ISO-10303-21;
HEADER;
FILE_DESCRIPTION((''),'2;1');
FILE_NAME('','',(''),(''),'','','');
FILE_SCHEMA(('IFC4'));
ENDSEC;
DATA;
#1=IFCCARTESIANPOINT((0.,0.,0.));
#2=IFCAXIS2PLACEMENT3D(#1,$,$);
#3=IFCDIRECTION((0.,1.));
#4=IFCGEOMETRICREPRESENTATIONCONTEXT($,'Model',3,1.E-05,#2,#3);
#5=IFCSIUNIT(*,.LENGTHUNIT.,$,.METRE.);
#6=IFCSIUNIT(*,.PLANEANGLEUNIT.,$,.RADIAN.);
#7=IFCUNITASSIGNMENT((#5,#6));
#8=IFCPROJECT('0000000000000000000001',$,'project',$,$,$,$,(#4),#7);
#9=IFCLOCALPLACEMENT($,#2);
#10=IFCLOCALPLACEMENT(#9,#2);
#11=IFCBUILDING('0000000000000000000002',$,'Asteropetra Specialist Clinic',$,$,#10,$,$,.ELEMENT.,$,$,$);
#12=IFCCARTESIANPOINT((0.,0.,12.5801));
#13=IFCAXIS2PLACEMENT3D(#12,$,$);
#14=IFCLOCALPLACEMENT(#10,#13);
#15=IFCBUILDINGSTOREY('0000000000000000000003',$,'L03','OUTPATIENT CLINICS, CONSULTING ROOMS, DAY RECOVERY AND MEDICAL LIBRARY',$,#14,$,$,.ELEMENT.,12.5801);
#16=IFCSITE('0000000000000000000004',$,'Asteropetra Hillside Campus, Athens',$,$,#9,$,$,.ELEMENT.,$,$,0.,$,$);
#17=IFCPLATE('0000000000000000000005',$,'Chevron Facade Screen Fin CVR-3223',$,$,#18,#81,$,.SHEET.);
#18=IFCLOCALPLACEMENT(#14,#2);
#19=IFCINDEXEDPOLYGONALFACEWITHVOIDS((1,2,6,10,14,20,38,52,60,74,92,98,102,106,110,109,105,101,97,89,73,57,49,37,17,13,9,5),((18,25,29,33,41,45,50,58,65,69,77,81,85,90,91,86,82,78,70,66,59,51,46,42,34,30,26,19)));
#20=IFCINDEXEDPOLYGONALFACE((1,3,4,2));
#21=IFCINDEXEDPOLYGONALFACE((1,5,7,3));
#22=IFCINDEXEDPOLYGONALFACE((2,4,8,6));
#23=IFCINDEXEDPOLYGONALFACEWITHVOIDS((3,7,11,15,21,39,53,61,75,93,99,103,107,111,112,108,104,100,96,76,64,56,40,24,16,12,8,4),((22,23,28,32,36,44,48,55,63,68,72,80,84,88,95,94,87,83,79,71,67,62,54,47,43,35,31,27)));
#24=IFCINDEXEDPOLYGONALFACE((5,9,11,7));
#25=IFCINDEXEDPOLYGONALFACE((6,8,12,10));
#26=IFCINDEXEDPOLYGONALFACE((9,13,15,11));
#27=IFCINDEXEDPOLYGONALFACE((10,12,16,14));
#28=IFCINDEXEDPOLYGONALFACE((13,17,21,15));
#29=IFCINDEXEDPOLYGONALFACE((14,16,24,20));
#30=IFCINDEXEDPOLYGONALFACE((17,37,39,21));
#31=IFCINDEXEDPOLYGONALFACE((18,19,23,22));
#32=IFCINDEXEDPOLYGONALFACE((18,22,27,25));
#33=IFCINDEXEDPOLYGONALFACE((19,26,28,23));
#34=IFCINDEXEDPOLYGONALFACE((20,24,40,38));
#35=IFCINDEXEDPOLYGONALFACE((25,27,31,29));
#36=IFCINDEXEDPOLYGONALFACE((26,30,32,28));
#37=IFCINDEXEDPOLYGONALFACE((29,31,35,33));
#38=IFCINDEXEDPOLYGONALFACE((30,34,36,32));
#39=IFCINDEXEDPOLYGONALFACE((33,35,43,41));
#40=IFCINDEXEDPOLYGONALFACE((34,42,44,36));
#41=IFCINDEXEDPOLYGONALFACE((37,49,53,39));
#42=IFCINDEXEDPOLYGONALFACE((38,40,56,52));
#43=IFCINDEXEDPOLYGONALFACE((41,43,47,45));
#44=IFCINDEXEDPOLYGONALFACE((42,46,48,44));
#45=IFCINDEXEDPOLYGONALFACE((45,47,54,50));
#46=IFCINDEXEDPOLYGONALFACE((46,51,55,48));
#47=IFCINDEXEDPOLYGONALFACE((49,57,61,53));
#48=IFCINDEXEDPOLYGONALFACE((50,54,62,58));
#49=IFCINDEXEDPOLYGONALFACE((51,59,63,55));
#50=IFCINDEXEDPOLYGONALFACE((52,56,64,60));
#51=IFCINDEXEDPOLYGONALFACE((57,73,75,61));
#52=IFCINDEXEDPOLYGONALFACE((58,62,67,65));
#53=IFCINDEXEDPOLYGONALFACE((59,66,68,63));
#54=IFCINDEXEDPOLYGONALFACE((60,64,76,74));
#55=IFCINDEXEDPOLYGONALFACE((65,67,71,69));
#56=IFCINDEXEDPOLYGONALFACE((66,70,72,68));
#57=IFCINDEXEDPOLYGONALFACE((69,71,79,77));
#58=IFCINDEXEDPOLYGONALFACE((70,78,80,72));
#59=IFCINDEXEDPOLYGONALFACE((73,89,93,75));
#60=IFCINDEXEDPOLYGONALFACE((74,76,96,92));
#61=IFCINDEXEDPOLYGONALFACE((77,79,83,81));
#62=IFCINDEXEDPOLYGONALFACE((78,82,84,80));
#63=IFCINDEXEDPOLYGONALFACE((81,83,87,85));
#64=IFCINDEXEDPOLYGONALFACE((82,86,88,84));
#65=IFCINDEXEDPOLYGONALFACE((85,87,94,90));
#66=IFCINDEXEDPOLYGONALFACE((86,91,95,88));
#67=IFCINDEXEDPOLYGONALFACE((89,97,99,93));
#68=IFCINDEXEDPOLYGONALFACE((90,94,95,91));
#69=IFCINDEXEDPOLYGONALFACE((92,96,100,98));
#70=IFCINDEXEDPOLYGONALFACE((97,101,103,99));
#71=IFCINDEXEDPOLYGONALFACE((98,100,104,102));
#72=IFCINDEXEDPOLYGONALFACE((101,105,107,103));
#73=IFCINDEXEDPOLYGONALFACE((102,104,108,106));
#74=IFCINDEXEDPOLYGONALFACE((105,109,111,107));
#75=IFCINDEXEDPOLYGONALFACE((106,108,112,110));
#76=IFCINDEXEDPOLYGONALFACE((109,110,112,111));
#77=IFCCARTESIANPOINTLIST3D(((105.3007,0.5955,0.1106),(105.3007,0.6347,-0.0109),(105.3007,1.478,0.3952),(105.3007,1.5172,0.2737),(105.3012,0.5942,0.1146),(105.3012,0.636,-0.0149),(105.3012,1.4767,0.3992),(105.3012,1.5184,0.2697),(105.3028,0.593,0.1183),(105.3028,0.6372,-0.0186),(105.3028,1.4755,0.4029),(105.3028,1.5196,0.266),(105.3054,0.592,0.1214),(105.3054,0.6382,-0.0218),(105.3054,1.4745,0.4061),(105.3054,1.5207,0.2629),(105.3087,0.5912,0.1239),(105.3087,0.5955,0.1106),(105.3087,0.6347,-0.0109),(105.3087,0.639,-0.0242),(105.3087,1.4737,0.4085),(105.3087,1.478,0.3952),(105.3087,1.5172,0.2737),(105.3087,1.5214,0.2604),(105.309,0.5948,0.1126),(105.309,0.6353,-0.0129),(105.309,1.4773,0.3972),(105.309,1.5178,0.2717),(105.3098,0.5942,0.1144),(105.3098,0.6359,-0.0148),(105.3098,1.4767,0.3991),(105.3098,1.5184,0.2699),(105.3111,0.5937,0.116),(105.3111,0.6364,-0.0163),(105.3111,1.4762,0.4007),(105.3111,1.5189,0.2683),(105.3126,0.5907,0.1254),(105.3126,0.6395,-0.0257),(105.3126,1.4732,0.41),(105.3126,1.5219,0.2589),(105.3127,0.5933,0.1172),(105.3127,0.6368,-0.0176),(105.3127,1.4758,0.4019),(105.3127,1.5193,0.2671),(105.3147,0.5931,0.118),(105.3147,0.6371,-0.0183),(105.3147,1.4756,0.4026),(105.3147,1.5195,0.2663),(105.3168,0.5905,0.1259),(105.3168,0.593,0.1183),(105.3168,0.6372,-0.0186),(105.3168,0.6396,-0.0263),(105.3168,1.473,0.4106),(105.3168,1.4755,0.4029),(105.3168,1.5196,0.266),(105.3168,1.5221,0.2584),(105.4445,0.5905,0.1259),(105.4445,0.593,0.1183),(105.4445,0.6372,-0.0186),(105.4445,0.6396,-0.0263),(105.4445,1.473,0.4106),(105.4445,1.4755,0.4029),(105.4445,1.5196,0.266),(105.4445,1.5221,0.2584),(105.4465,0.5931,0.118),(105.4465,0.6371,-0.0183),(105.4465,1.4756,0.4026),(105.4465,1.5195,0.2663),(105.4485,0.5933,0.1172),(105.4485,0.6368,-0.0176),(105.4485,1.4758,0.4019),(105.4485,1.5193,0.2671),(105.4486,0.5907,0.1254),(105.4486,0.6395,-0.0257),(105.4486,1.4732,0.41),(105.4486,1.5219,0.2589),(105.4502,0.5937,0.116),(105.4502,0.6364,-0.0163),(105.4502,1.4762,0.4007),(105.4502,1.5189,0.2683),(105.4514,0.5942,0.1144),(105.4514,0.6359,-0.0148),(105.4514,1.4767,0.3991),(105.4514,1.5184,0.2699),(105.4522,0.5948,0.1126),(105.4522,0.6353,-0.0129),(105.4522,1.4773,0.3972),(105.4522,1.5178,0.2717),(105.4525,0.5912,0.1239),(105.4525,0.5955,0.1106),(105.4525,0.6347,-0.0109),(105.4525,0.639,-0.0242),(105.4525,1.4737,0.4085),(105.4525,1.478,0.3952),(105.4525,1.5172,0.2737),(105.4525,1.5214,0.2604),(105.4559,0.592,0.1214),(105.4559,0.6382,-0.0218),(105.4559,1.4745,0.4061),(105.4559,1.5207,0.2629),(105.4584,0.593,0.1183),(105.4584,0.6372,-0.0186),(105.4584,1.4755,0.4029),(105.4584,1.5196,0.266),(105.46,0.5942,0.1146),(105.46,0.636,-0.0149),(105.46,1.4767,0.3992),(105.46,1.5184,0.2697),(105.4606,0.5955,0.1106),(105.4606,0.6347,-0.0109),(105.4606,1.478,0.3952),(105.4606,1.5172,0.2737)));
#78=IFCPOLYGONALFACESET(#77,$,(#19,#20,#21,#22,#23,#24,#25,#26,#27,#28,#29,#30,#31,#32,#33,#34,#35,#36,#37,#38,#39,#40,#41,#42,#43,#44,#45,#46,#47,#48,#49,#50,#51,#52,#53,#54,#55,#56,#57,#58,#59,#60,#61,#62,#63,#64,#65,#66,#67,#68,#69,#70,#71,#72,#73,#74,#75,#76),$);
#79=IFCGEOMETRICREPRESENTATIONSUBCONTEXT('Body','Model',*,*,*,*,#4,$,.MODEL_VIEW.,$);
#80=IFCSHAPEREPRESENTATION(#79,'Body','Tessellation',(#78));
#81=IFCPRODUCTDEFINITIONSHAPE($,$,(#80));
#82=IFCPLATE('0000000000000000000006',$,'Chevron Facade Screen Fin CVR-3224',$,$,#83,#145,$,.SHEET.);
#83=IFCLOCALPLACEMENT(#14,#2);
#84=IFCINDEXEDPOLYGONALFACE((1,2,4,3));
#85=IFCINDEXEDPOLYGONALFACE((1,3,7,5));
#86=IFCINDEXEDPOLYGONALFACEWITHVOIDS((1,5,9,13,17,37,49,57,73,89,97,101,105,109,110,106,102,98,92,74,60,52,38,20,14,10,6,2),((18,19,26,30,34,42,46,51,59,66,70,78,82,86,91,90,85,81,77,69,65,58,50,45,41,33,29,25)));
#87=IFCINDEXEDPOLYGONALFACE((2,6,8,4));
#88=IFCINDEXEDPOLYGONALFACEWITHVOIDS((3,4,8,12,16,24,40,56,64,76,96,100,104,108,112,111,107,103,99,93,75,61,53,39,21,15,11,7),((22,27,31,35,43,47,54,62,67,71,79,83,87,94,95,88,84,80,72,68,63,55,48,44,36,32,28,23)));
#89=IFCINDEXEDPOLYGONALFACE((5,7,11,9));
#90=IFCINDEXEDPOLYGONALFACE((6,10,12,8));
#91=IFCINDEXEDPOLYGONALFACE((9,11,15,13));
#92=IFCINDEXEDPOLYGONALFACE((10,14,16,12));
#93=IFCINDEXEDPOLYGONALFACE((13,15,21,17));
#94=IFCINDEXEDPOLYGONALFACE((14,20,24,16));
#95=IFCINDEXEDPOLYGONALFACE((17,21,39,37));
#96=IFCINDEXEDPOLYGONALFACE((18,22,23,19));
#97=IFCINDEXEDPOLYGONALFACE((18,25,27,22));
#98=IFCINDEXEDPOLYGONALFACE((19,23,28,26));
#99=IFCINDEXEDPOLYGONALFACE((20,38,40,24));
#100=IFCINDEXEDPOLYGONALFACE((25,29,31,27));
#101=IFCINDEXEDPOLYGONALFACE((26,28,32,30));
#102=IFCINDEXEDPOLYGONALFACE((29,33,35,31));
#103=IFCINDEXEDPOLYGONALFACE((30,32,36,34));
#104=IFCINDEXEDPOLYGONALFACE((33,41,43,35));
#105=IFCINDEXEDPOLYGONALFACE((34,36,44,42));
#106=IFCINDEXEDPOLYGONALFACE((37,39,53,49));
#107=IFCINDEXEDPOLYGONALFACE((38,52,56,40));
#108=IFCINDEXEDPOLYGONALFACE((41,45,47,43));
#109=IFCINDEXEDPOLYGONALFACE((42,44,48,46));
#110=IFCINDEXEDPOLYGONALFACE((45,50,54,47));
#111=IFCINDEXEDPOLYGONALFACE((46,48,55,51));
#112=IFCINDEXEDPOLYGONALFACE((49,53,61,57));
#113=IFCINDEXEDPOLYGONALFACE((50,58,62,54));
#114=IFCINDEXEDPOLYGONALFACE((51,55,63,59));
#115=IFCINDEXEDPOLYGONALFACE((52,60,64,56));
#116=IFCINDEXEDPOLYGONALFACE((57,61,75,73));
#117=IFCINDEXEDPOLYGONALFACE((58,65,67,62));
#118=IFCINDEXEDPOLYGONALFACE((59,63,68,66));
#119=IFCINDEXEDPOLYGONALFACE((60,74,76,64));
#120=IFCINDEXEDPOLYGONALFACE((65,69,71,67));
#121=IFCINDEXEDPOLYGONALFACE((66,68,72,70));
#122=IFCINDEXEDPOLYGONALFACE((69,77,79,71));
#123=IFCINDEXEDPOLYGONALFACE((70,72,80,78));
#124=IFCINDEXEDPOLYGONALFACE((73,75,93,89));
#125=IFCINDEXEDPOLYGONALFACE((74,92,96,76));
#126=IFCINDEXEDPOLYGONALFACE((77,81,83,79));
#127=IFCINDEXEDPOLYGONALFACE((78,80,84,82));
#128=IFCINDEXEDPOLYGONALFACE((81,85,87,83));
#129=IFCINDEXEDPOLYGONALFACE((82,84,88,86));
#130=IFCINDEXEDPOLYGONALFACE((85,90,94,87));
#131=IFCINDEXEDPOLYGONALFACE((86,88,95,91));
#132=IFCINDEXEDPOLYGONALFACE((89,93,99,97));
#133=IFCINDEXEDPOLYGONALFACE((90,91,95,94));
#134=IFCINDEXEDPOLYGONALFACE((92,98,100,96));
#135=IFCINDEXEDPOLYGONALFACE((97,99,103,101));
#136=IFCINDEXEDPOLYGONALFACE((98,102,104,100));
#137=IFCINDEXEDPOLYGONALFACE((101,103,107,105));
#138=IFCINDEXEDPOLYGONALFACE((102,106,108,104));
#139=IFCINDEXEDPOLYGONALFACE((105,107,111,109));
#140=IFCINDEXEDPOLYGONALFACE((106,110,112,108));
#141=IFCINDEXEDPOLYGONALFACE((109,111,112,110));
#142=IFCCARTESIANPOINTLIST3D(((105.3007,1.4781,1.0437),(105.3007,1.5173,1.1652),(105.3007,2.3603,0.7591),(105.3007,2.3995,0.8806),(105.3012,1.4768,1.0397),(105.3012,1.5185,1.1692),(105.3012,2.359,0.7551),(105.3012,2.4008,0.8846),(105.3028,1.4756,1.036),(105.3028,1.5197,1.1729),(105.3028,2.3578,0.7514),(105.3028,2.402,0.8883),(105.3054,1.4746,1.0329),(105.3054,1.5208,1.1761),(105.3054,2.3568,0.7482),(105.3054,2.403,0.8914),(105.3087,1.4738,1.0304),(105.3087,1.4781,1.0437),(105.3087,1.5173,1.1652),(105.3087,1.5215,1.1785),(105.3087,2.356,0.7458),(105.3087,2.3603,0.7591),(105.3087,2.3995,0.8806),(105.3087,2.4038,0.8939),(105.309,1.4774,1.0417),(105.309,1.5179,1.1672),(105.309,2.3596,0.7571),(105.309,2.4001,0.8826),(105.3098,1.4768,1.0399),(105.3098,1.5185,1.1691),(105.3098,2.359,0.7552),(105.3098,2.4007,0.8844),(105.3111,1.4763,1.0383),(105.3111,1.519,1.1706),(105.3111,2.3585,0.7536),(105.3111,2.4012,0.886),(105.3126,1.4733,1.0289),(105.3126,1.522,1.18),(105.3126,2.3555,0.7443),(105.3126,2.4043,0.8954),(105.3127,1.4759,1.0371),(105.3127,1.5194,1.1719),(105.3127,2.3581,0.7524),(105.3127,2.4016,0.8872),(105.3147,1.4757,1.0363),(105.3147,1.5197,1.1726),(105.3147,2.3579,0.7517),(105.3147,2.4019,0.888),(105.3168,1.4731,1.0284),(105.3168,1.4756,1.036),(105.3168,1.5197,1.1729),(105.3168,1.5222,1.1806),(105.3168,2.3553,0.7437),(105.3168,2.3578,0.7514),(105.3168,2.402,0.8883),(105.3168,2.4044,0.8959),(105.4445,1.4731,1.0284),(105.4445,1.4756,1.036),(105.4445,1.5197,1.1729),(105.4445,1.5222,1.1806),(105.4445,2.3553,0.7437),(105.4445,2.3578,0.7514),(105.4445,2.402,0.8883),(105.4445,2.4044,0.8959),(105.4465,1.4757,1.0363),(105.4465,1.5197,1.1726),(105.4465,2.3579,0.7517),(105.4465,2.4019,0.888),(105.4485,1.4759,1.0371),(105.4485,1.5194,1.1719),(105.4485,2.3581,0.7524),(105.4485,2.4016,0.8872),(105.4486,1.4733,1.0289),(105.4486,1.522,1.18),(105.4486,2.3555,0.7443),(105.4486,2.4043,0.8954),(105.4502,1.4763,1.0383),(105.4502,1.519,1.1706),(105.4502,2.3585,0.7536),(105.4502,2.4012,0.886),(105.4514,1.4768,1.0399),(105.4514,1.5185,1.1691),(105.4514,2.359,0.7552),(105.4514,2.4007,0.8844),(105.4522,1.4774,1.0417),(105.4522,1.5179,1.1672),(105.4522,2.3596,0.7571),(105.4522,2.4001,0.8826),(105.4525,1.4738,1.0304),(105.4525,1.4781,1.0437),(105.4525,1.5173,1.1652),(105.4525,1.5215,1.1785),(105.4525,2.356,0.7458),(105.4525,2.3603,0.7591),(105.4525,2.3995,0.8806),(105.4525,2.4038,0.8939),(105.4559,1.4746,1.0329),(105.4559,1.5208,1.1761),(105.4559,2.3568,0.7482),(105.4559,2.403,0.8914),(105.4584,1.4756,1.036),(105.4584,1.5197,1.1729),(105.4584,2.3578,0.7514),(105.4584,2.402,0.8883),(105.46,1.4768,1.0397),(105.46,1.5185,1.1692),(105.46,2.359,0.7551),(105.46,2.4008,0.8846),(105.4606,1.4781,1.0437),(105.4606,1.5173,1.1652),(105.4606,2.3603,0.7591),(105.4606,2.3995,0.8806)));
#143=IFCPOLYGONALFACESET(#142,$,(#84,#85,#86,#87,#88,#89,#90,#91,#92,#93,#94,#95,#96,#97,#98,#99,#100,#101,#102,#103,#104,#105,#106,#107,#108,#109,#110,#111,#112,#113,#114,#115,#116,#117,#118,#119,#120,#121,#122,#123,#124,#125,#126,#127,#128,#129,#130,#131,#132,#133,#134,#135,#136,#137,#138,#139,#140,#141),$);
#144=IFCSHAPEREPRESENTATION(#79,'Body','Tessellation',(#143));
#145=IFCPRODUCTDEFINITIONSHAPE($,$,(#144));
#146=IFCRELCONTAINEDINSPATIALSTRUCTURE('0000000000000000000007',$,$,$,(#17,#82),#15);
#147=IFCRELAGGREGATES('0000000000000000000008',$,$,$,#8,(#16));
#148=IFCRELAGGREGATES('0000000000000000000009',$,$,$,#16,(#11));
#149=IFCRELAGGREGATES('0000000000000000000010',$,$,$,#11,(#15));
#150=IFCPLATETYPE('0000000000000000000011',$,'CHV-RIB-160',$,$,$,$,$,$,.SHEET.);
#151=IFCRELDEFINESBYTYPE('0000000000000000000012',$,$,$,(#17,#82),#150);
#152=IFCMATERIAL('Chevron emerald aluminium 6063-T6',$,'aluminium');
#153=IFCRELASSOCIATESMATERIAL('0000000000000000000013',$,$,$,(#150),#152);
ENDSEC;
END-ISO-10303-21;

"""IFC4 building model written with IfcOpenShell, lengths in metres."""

from ifc_helpers import new_model, si_unit, direction, frame, origin, origin_2d, place, context, subcontext, project, spatial, hollow_rectangle, extrude, material, material_profile, profile_set, type_object, element, save


model = new_model("IFC4")

# Units and contexts
model_context = context("Model", 3, precision=1e-05, world=origin(), true_north=direction((0.0, 1.0)))
body_context = subcontext(model_context, "Body", "Model", "MODEL_VIEW")
ifc_project = project(units=[si_unit("LENGTHUNIT", "METRE"), si_unit("PLANEANGLEUNIT", "RADIAN")], contexts=[model_context])

# Site, building, storey
site_placement = place(None, origin())
site = spatial("IfcSite", under=ifc_project, at=site_placement, Name="Asteropetra Hillside Campus, Athens", CompositionType="ELEMENT", RefElevation=0.0)
building_placement = place(site_placement, origin())
building = spatial("IfcBuilding", under=site, at=building_placement, Name="Asteropetra Specialist Clinic", CompositionType="ELEMENT")
storey_placement = place(building_placement, frame((0.0, 0.0, 12.5801)))
storey = spatial("IfcBuildingStorey", under=building, at=storey_placement, Name="L03", Description="OUTPATIENT CLINICS, CONSULTING ROOMS, DAY RECOVERY AND MEDICAL LIBRARY", CompositionType="ELEMENT", Elevation=12.5801)

# Plates
ifc_material_1 = material(Name="Chevron emerald aluminium 6063-T6", Category="aluminium")
ifc_material_profile = material_profile(ifc_material_1, hollow_rectangle(XDim=0.1599, YDim=0.1599, WallThickness=0.0081, InnerFilletRadius=0.0081, OuterFilletRadius=0.0161, at=origin_2d()), Name="SHS 160x160x8.0")
ifc_profile_set = profile_set([ifc_material_profile], Name="Chevron emerald aluminium 6063-T6")
plate_type_1 = type_object("IfcPlateType", Name="CHV-RIB-160", PredefinedType="SHEET", material=ifc_profile_set)
plate_1_placement = place(storey_placement, frame((105.3806, 1.4976, 0.3345), z_axis=(0.0, -0.951719, -0.306972), x_axis=(1.0, 0.0, 0.0)))
element("IfcPlate", 1, at=plate_1_placement, inside=storey, type_object=plate_type_1, Name="Chevron Facade Screen Fin CVR-3223", PredefinedType="SHEET", context=body_context, shape_type="SweptSolid", body=[
    extrude(hollow_rectangle(XDim=0.1599, YDim=0.1599, WallThickness=0.0081, InnerFilletRadius=0.0081, OuterFilletRadius=0.0161, at=origin_2d()), origin(), (0.0, 0.0, 1.0), 0.9272),
])
plate_2_placement = place(storey_placement, frame((105.3806, 2.3799, 0.8198), z_axis=(0.0, -0.951694, 0.307049), x_axis=(1.0, 0.0, 0.0)))
element("IfcPlate", 2, at=plate_2_placement, inside=storey, type_object=plate_type_1, Name="Chevron Facade Screen Fin CVR-3224", PredefinedType="SHEET", context=body_context, shape_type="SweptSolid", body=[
    extrude(hollow_rectangle(XDim=0.1599, YDim=0.1599, WallThickness=0.0081, InnerFilletRadius=0.0081, OuterFilletRadius=0.0161, at=origin_2d()), origin(), (0.0, 0.0, 1.0), 0.927),
])

save(model, "model.ifc")
